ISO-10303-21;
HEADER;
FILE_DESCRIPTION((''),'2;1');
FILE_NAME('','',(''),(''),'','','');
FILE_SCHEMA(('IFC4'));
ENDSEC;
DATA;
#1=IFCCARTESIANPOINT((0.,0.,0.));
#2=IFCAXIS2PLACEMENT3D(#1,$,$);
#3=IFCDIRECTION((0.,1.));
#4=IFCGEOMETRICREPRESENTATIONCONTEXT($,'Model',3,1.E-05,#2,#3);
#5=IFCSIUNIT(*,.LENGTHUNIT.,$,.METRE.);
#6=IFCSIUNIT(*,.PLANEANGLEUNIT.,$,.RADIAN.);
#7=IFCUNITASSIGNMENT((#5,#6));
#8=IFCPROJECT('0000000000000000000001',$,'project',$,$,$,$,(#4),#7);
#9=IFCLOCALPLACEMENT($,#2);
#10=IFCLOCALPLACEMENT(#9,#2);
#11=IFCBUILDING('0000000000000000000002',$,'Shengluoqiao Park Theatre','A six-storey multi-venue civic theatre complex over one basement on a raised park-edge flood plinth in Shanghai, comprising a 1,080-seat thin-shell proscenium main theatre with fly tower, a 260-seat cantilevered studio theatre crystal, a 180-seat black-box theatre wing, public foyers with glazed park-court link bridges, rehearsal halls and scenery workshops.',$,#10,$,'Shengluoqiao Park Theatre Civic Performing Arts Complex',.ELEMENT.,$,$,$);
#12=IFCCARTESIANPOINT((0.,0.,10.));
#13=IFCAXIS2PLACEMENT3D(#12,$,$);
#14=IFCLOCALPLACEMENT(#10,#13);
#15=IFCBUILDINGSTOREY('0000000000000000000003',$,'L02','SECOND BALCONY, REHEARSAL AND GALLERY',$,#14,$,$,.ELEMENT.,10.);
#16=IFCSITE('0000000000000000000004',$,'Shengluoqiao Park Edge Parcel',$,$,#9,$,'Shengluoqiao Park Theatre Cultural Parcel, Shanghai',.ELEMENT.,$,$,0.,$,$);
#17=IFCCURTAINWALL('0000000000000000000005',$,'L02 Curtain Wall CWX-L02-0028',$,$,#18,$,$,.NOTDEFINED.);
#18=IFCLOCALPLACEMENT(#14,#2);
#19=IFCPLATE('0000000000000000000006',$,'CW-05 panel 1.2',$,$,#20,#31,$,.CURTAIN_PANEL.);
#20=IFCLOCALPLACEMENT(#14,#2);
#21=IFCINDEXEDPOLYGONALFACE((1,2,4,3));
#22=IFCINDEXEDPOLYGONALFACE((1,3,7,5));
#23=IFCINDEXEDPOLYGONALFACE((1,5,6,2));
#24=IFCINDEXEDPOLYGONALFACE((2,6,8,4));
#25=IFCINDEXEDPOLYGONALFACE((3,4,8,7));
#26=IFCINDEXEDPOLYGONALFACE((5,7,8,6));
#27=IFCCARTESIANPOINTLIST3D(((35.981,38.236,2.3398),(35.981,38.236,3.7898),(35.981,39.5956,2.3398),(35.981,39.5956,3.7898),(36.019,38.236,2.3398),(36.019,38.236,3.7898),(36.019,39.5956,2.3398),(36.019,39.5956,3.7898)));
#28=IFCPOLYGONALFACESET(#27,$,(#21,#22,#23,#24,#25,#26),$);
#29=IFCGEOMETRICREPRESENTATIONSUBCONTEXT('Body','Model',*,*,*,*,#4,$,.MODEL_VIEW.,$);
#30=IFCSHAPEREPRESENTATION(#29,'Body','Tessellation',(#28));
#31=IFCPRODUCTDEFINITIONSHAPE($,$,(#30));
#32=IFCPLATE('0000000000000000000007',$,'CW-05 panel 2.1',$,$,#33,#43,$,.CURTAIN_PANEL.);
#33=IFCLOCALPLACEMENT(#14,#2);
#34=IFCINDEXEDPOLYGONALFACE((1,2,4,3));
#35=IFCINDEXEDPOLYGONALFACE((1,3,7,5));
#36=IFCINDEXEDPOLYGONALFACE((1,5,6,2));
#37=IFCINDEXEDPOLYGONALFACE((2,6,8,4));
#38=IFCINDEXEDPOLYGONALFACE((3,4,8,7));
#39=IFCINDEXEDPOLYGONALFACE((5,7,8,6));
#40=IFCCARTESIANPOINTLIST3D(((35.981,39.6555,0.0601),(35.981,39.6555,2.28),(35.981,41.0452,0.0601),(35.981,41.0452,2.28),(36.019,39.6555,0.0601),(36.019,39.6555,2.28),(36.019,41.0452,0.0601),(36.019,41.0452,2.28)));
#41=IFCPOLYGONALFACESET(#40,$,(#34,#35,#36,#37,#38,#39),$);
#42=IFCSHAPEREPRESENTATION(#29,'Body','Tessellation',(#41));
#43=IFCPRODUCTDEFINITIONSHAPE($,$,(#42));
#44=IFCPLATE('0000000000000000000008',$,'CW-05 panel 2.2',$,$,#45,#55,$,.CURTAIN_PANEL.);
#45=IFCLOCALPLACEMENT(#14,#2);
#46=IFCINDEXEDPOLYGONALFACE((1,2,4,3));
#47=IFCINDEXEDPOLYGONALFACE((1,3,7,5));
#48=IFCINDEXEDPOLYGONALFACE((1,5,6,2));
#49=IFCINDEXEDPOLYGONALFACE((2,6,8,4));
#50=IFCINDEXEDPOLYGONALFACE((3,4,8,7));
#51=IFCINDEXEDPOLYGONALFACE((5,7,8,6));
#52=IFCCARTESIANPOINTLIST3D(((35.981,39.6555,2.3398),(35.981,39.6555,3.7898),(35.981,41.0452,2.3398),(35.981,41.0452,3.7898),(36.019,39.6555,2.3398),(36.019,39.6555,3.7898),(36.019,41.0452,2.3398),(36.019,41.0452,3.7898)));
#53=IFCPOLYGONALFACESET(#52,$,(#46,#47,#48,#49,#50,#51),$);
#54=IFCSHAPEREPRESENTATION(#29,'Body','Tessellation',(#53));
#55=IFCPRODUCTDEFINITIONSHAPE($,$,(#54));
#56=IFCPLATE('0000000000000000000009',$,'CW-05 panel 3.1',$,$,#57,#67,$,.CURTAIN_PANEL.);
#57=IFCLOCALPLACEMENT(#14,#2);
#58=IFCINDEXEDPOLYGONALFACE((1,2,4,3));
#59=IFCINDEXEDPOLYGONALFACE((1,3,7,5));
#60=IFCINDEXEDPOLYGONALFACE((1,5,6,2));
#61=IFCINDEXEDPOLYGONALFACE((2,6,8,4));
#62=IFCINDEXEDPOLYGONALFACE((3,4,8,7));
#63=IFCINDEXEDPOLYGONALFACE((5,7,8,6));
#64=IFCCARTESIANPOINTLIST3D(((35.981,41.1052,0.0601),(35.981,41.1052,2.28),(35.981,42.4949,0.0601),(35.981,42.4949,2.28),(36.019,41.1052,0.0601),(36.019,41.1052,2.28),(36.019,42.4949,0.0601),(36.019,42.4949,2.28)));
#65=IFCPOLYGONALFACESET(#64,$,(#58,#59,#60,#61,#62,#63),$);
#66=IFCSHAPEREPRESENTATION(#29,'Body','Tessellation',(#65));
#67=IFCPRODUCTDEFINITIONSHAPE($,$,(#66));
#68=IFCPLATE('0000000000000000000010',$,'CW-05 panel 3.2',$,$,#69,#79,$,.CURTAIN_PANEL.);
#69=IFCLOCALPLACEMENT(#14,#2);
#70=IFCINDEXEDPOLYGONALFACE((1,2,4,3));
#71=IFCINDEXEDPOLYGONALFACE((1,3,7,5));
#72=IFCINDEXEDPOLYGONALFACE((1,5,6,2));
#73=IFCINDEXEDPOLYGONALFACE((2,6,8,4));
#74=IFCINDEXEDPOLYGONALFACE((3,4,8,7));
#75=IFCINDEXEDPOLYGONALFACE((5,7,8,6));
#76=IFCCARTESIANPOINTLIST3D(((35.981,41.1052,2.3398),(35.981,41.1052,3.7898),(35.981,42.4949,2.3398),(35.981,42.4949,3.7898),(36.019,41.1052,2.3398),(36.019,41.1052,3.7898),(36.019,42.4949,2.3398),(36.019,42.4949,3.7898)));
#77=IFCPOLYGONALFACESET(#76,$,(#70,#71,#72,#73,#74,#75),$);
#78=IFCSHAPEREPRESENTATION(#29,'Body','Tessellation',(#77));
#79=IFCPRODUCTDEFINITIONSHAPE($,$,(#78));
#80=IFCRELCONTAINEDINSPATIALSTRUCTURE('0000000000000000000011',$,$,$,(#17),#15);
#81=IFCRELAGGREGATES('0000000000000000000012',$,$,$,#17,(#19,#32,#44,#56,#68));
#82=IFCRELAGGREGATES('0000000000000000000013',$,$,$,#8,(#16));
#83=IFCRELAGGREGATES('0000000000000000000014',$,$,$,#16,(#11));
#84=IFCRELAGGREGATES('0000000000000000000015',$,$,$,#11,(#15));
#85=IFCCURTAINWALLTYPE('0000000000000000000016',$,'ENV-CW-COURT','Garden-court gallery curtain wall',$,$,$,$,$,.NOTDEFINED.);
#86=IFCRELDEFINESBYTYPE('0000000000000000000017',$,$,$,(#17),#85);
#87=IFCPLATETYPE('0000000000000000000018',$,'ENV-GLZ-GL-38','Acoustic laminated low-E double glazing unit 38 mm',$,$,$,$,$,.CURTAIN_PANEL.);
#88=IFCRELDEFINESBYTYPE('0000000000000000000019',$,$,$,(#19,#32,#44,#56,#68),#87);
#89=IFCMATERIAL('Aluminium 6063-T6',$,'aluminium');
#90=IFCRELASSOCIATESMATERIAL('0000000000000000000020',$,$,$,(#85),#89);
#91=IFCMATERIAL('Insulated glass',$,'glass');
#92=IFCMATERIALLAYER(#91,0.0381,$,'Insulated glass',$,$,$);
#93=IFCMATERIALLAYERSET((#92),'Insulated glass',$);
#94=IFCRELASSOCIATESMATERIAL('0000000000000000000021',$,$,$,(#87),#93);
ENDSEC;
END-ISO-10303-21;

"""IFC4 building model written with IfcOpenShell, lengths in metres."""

from ifc_helpers import new_model, si_unit, direction, frame, origin, origin_2d, place, context, subcontext, project, spatial, rectangle, extrude, material, layer, layer_set, type_object, element, aggregate, save


model = new_model("IFC4")

# Units and contexts
model_context = context("Model", 3, precision=1e-05, world=origin(), true_north=direction((0.0, 1.0)))
body_context = subcontext(model_context, "Body", "Model", "MODEL_VIEW")
ifc_project = project(units=[si_unit("LENGTHUNIT", "METRE"), si_unit("PLANEANGLEUNIT", "RADIAN")], contexts=[model_context])

# Site, building, storey
site_placement = place(None, origin())
site = spatial("IfcSite", under=ifc_project, at=site_placement, Name="Shengluoqiao Park Edge Parcel", LongName="Shengluoqiao Park Theatre Cultural Parcel, Shanghai", CompositionType="ELEMENT", RefElevation=0.0)
building_placement = place(site_placement, origin())
building = spatial("IfcBuilding", under=site, at=building_placement, Name="Shengluoqiao Park Theatre", Description="A six-storey multi-venue civic theatre complex over one basement on a raised park-edge flood plinth in Shanghai, comprising a 1,080-seat thin-shell proscenium main theatre with fly tower, a 260-seat cantilevered studio theatre crystal, a 180-seat black-box theatre wing, public foyers with glazed park-court link bridges, rehearsal halls and scenery workshops.", LongName="Shengluoqiao Park Theatre Civic Performing Arts Complex", CompositionType="ELEMENT")
storey_placement = place(building_placement, frame((0.0, 0.0, 10.0)))
storey = spatial("IfcBuildingStorey", under=building, at=storey_placement, Name="L02", Description="SECOND BALCONY, REHEARSAL AND GALLERY", CompositionType="ELEMENT", Elevation=10.0)

# Shared definitions
ifc_material_1 = material(Name="Aluminium 6063-T6", Category="aluminium")
curtain_wall_type = type_object("IfcCurtainWallType", Name="ENV-CW-COURT", Description="Garden-court gallery curtain wall", PredefinedType="NOTDEFINED", material=ifc_material_1)

# Curtain wall
curtain_wall_1_placement = place(storey_placement, origin())
curtain_wall_1 = element("IfcCurtainWall", 1, at=curtain_wall_1_placement, inside=storey, type_object=curtain_wall_type, Name="L02 Curtain Wall CWX-L02-0028", PredefinedType="NOTDEFINED")

# Plates
ifc_material_2 = material(Name="Insulated glass", Category="glass")
ifc_layer = layer(ifc_material_2, 0.0381, Name="Insulated glass")
ifc_layer_set = layer_set([ifc_layer], Name="Insulated glass")
plate_type = type_object("IfcPlateType", Name="ENV-GLZ-GL-38", Description="Acoustic laminated low-E double glazing unit 38 mm", PredefinedType="CURTAIN_PANEL", material=ifc_layer_set)
plate_1_placement = place(storey_placement, frame((36.0, 38.9158, 2.3398), z_axis=(0.0, 0.0, 1.0), x_axis=(0.0, 1.0, 0.0)))
plate_1 = element("IfcPlate", 2, at=plate_1_placement, type_object=plate_type, Name="CW-05 panel 1.2", PredefinedType="CURTAIN_PANEL", context=body_context, shape_type="SweptSolid", body=[
    extrude(rectangle(XDim=1.3596, YDim=0.0381, at=origin_2d()), origin(), (0.0, 0.0, 1.0), 1.45),
])
plate_2_placement = place(storey_placement, frame((36.0, 40.3503, 0.0601), z_axis=(0.0, 0.0, 1.0), x_axis=(0.0, 1.0, 0.0)))
plate_2 = element("IfcPlate", 3, at=plate_2_placement, type_object=plate_type, Name="CW-05 panel 2.1", PredefinedType="CURTAIN_PANEL", context=body_context, shape_type="SweptSolid", body=[
    extrude(rectangle(XDim=1.3896, YDim=0.0381, at=origin_2d()), origin(), (0.0, 0.0, 1.0), 2.22),
])
plate_3_placement = place(storey_placement, frame((36.0, 40.3503, 2.3398), z_axis=(0.0, 0.0, 1.0), x_axis=(0.0, 1.0, 0.0)))
plate_3 = element("IfcPlate", 4, at=plate_3_placement, type_object=plate_type, Name="CW-05 panel 2.2", PredefinedType="CURTAIN_PANEL", context=body_context, shape_type="SweptSolid", body=[
    extrude(rectangle(XDim=1.3896, YDim=0.0381, at=origin_2d()), origin(), (0.0, 0.0, 1.0), 1.45),
])
plate_4_placement = place(storey_placement, frame((36.0, 41.8, 0.0601), z_axis=(0.0, 0.0, 1.0), x_axis=(0.0, 1.0, 0.0)))
plate_4 = element("IfcPlate", 5, at=plate_4_placement, type_object=plate_type, Name="CW-05 panel 3.1", PredefinedType="CURTAIN_PANEL", context=body_context, shape_type="SweptSolid", body=[
    extrude(rectangle(XDim=1.3896, YDim=0.0381, at=origin_2d()), origin(), (0.0, 0.0, 1.0), 2.22),
])
plate_5_placement = place(storey_placement, frame((36.0, 41.8, 2.3398), z_axis=(0.0, 0.0, 1.0), x_axis=(0.0, 1.0, 0.0)))
plate_5 = element("IfcPlate", 6, at=plate_5_placement, type_object=plate_type, Name="CW-05 panel 3.2", PredefinedType="CURTAIN_PANEL", context=body_context, shape_type="SweptSolid", body=[
    extrude(rectangle(XDim=1.3896, YDim=0.0381, at=origin_2d()), origin(), (0.0, 0.0, 1.0), 1.45),
])
aggregate(curtain_wall_1, [plate_1, plate_2, plate_3, plate_4, plate_5])

save(model, "model.ifc")
